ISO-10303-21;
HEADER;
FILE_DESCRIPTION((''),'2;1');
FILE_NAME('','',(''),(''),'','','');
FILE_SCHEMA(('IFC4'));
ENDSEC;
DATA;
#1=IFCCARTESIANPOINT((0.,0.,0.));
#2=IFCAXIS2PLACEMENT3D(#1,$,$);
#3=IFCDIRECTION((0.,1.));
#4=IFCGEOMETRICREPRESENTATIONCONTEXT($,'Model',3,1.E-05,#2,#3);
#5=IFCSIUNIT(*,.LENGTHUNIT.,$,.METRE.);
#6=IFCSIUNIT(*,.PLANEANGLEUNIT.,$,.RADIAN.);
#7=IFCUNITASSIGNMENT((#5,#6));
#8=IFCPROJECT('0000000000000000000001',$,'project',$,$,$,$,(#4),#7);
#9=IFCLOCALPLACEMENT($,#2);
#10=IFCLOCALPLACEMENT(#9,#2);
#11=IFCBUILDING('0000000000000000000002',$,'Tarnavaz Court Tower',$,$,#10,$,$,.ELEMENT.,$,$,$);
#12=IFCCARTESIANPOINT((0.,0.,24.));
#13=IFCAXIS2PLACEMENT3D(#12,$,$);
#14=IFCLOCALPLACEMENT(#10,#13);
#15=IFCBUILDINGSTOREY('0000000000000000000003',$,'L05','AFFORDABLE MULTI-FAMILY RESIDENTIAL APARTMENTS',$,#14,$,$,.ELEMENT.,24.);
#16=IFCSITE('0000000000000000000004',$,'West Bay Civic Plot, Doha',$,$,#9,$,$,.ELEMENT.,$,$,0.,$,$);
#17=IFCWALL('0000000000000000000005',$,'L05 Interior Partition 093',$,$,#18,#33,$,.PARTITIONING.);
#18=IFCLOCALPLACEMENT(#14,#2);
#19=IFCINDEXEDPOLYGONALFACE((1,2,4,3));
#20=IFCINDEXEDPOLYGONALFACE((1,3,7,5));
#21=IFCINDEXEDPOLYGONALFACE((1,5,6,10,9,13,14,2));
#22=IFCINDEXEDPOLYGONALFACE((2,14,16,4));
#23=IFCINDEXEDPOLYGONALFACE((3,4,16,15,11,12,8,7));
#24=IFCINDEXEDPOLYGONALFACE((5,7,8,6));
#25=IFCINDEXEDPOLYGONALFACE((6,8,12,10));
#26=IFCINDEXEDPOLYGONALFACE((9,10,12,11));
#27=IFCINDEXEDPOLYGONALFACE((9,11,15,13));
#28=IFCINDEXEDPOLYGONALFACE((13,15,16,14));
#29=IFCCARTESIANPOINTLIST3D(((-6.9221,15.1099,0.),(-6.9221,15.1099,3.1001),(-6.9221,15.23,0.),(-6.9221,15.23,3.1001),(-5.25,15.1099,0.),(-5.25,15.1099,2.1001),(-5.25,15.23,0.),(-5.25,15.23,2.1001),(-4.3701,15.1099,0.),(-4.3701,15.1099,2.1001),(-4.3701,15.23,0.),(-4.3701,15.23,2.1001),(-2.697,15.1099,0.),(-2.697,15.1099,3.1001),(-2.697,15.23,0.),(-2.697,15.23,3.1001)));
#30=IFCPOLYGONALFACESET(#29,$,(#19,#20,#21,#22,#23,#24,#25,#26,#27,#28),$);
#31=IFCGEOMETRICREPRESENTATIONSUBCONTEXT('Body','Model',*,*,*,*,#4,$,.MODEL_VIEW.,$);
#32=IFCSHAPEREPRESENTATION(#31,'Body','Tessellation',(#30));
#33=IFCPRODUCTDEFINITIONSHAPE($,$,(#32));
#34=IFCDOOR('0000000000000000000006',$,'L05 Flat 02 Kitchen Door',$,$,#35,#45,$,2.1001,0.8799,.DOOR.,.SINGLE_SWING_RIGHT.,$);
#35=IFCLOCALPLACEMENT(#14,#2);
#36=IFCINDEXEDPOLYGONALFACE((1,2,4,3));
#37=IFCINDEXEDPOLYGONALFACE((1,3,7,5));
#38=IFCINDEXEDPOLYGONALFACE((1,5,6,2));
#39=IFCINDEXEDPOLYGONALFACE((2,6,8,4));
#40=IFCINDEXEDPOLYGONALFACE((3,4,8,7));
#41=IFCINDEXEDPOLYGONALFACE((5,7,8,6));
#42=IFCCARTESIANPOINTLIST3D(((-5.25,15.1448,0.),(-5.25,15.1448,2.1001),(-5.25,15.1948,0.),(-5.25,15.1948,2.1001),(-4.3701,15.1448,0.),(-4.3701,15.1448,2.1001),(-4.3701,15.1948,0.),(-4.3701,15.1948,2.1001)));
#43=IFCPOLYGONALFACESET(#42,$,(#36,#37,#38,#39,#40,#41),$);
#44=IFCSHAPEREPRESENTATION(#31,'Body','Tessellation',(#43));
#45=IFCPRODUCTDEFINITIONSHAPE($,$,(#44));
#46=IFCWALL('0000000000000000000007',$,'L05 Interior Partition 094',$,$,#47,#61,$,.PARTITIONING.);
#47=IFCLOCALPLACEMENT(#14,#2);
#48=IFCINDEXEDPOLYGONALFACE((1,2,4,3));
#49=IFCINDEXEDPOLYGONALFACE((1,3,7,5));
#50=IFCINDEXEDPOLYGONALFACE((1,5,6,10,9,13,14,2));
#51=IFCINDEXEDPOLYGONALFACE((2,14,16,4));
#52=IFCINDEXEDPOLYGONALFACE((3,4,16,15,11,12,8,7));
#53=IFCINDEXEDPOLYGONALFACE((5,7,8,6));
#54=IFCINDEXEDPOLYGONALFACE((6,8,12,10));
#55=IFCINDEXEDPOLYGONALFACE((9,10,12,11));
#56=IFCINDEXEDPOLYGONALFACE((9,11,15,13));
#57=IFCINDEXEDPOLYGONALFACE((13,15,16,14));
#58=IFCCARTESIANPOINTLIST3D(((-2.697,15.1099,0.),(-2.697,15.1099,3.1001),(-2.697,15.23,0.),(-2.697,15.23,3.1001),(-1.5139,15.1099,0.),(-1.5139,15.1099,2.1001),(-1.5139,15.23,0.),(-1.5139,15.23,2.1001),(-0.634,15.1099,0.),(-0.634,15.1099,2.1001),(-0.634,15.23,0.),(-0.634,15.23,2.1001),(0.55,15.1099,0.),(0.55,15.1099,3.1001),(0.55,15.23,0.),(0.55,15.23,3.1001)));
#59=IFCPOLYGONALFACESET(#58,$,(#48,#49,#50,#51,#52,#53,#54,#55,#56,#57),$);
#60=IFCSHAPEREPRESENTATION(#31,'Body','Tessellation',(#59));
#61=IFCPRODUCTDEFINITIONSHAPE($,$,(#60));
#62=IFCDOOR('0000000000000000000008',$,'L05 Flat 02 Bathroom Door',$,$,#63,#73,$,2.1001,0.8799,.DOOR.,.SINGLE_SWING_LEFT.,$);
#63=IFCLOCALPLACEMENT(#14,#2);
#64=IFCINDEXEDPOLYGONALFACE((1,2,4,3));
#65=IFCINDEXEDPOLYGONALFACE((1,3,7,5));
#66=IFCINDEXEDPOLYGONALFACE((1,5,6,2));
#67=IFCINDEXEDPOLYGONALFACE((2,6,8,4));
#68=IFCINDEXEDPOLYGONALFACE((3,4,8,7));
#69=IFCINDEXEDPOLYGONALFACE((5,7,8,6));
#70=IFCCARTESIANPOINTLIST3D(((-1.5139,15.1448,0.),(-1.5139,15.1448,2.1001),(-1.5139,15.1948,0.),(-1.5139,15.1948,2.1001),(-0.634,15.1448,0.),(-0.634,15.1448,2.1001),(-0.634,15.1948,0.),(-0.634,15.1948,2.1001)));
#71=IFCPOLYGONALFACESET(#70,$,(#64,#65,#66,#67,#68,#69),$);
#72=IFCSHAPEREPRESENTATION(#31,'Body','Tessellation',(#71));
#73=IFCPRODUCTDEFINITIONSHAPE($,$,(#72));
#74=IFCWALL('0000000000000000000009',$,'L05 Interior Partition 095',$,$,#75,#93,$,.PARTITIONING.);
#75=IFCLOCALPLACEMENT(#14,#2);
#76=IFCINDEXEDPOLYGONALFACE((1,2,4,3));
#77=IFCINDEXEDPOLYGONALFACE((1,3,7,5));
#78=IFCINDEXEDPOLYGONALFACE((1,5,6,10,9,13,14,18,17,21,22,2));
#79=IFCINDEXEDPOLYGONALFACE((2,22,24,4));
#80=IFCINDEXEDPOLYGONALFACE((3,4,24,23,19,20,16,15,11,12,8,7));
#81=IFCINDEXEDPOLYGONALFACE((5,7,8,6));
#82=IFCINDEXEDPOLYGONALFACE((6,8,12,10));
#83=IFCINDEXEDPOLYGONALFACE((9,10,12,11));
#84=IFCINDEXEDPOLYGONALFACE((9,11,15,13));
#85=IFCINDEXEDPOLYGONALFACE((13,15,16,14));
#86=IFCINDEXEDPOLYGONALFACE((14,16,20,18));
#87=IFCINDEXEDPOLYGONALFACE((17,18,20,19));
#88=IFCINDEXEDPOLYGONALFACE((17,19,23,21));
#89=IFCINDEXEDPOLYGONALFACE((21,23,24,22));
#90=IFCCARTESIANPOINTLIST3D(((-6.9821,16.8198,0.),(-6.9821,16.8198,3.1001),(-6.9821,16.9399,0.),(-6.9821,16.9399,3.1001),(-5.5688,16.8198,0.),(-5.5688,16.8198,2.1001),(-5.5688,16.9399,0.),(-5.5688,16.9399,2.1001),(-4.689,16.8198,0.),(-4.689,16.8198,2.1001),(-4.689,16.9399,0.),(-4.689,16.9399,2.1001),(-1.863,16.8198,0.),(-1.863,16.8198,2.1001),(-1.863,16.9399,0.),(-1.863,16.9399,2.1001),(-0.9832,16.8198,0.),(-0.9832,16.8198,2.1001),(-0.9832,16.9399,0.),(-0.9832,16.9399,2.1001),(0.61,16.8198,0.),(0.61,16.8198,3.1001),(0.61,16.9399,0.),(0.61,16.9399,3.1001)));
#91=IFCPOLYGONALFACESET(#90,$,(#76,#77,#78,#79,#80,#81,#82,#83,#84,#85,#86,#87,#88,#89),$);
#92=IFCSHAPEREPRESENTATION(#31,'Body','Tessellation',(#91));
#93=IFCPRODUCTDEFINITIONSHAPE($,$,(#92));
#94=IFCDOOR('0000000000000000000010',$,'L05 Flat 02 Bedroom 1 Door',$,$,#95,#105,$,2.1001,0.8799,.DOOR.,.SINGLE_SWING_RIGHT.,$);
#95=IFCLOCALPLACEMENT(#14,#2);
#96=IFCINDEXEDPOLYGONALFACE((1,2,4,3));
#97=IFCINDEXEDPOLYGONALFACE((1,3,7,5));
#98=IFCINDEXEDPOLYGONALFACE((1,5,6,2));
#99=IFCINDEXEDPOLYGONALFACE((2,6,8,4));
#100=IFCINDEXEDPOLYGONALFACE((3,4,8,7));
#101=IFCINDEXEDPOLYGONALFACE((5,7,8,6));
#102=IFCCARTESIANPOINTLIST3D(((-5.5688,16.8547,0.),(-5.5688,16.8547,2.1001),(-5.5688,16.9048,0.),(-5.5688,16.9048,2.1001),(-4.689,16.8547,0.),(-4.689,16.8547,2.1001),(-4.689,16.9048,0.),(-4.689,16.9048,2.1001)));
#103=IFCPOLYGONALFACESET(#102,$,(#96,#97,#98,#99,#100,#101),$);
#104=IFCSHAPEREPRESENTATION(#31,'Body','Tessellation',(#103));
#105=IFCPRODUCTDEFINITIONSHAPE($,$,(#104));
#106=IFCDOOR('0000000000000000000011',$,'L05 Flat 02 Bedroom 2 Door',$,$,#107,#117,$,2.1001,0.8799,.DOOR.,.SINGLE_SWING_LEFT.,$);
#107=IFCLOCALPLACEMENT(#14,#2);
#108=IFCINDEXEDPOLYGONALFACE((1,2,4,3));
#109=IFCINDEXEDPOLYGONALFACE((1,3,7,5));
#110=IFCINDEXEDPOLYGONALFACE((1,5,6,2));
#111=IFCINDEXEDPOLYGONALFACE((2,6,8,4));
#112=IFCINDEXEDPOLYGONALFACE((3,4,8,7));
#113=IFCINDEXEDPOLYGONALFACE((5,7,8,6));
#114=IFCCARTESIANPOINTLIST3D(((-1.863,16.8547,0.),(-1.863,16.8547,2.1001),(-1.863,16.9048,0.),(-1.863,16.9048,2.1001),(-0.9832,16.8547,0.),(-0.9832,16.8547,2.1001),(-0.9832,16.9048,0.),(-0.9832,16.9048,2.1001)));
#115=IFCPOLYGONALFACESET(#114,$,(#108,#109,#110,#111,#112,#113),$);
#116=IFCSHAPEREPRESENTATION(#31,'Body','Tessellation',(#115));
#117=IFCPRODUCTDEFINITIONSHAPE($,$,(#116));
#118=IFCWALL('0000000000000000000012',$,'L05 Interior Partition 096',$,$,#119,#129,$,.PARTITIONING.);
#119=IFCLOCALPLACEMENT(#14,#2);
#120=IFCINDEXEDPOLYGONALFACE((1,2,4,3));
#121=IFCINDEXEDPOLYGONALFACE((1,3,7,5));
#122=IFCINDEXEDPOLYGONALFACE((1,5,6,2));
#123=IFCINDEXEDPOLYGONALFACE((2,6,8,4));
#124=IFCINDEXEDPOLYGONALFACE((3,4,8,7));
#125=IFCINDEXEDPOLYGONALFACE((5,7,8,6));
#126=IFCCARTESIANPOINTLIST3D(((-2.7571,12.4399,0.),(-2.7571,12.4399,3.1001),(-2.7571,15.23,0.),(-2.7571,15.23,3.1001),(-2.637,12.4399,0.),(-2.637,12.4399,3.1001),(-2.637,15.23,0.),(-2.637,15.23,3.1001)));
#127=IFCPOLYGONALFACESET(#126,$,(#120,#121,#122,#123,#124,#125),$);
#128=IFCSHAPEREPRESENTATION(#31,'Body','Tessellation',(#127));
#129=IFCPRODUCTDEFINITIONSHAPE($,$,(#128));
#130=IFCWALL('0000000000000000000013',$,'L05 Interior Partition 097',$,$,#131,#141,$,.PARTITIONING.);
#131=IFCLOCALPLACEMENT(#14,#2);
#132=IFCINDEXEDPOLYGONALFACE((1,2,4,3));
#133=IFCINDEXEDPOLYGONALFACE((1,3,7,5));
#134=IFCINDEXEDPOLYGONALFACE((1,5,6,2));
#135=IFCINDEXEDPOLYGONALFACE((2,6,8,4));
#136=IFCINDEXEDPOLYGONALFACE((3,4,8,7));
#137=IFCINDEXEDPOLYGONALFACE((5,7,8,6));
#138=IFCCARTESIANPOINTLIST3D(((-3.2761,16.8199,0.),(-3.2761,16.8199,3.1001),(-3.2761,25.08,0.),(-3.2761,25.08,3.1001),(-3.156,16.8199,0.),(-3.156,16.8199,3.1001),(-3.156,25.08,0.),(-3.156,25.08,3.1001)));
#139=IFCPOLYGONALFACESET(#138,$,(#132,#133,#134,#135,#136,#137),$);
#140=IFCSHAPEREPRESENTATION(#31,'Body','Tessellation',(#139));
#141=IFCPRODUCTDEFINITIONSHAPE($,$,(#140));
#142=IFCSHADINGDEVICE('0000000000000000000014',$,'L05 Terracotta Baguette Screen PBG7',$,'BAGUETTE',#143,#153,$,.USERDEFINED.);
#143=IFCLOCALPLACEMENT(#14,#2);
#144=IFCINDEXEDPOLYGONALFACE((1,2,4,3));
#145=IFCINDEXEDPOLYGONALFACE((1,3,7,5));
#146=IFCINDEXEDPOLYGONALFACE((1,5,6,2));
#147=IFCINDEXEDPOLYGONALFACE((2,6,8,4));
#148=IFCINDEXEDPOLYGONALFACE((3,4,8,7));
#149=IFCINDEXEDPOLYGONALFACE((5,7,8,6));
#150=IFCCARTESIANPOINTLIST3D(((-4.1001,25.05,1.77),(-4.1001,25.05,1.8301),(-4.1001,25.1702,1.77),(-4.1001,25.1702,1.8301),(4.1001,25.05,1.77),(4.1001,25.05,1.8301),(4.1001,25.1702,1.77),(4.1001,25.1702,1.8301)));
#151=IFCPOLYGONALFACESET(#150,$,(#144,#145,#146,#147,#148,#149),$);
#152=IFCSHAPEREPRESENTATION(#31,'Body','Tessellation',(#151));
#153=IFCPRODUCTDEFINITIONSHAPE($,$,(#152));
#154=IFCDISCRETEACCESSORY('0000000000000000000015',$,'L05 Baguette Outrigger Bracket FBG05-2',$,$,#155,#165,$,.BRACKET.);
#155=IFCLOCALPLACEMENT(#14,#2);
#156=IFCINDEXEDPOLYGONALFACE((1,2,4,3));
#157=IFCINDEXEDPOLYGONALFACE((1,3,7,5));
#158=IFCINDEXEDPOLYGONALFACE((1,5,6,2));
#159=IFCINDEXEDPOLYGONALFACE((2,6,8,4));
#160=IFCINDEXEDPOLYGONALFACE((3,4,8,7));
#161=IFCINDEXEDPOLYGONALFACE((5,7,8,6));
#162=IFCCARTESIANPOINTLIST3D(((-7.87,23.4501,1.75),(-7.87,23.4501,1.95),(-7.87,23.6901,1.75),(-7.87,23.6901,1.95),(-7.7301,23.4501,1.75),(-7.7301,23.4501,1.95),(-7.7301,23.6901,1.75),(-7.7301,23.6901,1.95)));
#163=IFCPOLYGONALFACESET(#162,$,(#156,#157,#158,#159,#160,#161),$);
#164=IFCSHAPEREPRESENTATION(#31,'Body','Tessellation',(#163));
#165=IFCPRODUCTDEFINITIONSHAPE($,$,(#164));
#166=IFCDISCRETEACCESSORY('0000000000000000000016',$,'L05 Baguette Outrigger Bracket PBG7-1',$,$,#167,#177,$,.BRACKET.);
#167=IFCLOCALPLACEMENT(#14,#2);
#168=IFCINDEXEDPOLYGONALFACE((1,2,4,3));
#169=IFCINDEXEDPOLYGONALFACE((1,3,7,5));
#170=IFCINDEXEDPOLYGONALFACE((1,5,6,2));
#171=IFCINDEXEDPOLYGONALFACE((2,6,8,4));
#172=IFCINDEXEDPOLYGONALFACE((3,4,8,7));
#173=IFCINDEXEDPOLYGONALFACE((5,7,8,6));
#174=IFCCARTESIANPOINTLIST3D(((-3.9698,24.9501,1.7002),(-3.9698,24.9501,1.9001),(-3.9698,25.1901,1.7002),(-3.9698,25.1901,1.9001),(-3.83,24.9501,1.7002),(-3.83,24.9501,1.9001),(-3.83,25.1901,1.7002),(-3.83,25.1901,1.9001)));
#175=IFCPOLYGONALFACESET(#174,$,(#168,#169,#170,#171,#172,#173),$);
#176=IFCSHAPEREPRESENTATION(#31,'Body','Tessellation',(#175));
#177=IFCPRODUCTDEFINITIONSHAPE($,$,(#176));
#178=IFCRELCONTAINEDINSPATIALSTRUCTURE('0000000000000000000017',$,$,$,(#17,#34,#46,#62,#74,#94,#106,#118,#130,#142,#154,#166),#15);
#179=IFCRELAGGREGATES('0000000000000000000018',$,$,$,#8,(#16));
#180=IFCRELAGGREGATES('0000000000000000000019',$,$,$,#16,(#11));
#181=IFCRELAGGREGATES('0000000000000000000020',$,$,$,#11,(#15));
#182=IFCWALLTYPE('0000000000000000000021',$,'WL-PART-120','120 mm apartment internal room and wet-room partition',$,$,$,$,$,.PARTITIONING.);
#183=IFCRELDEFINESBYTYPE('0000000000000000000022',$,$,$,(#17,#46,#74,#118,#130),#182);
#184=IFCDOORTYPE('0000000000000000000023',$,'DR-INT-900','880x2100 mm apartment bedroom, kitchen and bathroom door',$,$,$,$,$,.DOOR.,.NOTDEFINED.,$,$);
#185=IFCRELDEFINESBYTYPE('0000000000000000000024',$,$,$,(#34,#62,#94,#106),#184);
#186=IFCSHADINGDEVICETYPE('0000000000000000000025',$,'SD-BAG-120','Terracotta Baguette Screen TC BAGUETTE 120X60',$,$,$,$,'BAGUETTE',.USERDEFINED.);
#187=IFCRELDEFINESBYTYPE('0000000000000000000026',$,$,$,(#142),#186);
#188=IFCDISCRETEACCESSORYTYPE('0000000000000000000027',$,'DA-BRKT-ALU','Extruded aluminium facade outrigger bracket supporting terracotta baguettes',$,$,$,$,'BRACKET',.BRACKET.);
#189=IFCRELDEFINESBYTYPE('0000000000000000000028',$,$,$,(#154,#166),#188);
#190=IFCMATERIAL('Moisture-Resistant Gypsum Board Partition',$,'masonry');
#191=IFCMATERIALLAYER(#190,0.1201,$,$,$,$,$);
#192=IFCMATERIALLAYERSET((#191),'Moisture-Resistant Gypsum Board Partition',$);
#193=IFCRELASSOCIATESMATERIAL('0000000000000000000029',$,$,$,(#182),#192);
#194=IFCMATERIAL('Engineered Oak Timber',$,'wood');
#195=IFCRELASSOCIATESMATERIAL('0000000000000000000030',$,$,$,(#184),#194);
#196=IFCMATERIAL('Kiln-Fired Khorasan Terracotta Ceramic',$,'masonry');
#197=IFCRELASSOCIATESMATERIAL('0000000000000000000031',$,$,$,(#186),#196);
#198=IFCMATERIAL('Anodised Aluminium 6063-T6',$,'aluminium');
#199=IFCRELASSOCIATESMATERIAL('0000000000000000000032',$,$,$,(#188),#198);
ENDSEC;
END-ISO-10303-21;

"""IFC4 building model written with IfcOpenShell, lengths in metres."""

from ifc_helpers import new_model, si_unit, direction, frame, frame_2d, origin, origin_2d, place, context, subcontext, project, spatial, rectangle, extrude, material, layer, layer_set, material_profile, profile_set, type_object, element, fill, save


model = new_model("IFC4")

# Units and contexts
model_context = context("Model", 3, precision=1e-05, world=origin(), true_north=direction((0.0, 1.0)))
body_context = subcontext(model_context, "Body", "Model", "MODEL_VIEW")
ifc_project = project(units=[si_unit("LENGTHUNIT", "METRE"), si_unit("PLANEANGLEUNIT", "RADIAN")], contexts=[model_context])

# Site, building, storey
site_placement = place(None, origin())
site = spatial("IfcSite", under=ifc_project, at=site_placement, Name="West Bay Civic Plot, Doha", CompositionType="ELEMENT", RefElevation=0.0)
building_placement = place(site_placement, origin())
building = spatial("IfcBuilding", under=site, at=building_placement, Name="Tarnavaz Court Tower", CompositionType="ELEMENT")
storey_placement = place(building_placement, frame((0.0, 0.0, 24.0)))
storey = spatial("IfcBuildingStorey", under=building, at=storey_placement, Name="L05", Description="AFFORDABLE MULTI-FAMILY RESIDENTIAL APARTMENTS", CompositionType="ELEMENT", Elevation=24.0)

# Shared definitions
ifc_material_1 = material(Name="Anodised Aluminium 6063-T6", Category="aluminium")

# Walls, openings, doors
ifc_material_2 = material(Name="Moisture-Resistant Gypsum Board Partition", Category="masonry")
ifc_layer_1 = layer(ifc_material_2, 0.1201)
ifc_layer_set_1 = layer_set([ifc_layer_1], Name="Moisture-Resistant Gypsum Board Partition")
wall_type_1 = type_object("IfcWallType", Name="WL-PART-120", Description="120 mm apartment internal room and wet-room partition", PredefinedType="PARTITIONING", material=ifc_layer_set_1)
ifc_material_3 = material(Name="Engineered Oak Timber", Category="wood")
wall_1_placement = place(storey_placement, frame((-6.9221, 15.1699, 0.0), z_axis=(0.0, 0.0, 1.0), x_axis=(1.0, 0.0, 0.0)))
wall_1 = element("IfcWall", 1, at=wall_1_placement, inside=storey, type_object=wall_type_1, Name="L05 Interior Partition 093", PredefinedType="PARTITIONING", context=body_context, shape_type="SweptSolid", body=[
    extrude(rectangle(XDim=4.2251, YDim=0.1201, at=frame_2d((2.1125, 0.0))), origin(), (0.0, 0.0, 1.0), 3.1001),
])
opening_1_placement = place(wall_1_placement, frame((1.6721, 0.0, 0.0)))
opening_1 = element("IfcOpeningElement", 2, at=opening_1_placement, cuts=wall_1, PredefinedType="OPENING", context=body_context, shape_type="SweptSolid", body=[
    extrude(rectangle(XDim=0.8799, YDim=2.1001, at=frame_2d((0.4399, 1.05))), frame((0.0, 0.0701, 0.0), z_axis=(0.0, -1.0, 0.0), x_axis=(1.0, 0.0, 0.0)), (0.0, 0.0, 1.0), 0.1401),
])
door_type_1 = type_object("IfcDoorType", Name="DR-INT-900", Description="880x2100 mm apartment bedroom, kitchen and bathroom door", OperationType="NOTDEFINED", PredefinedType="DOOR", material=ifc_material_3)
door_1_placement = place(opening_1_placement, origin())
door_1 = element("IfcDoor", 3, at=door_1_placement, inside=storey, type_object=door_type_1, Name="L05 Flat 02 Kitchen Door", OperationType="SINGLE_SWING_RIGHT", OverallHeight=2.1001, OverallWidth=0.8799, PredefinedType="DOOR", context=body_context, shape_type="SweptSolid", body=[
    extrude(rectangle(XDim=0.8799, YDim=2.1001, at=frame_2d((0.4399, 1.05))), frame((0.0, 0.0249, 0.0), z_axis=(0.0, -1.0, 0.0), x_axis=(1.0, 0.0, 0.0)), (0.0, 0.0, 1.0), 0.05),
])
fill(opening_1, door_1)
wall_2_placement = place(storey_placement, frame((-2.697, 15.1699, 0.0), z_axis=(0.0, 0.0, 1.0), x_axis=(1.0, 0.0, 0.0)))
wall_2 = element("IfcWall", 4, at=wall_2_placement, inside=storey, type_object=wall_type_1, Name="L05 Interior Partition 094", PredefinedType="PARTITIONING", context=body_context, shape_type="SweptSolid", body=[
    extrude(rectangle(XDim=3.2471, YDim=0.1201, at=frame_2d((1.6235, 0.0))), origin(), (0.0, 0.0, 1.0), 3.1001),
])
opening_2_placement = place(wall_2_placement, frame((1.1831, 0.0, 0.0)))
opening_2 = element("IfcOpeningElement", 5, at=opening_2_placement, cuts=wall_2, PredefinedType="OPENING", context=body_context, shape_type="SweptSolid", body=[
    extrude(rectangle(XDim=0.8799, YDim=2.1001, at=frame_2d((0.4399, 1.05))), frame((0.0, 0.0701, 0.0), z_axis=(0.0, -1.0, 0.0), x_axis=(1.0, 0.0, 0.0)), (0.0, 0.0, 1.0), 0.1401),
])
door_2_placement = place(opening_2_placement, origin())
door_2 = element("IfcDoor", 6, at=door_2_placement, inside=storey, type_object=door_type_1, Name="L05 Flat 02 Bathroom Door", OperationType="SINGLE_SWING_LEFT", OverallHeight=2.1001, OverallWidth=0.8799, PredefinedType="DOOR", context=body_context, shape_type="SweptSolid", body=[
    extrude(rectangle(XDim=0.8799, YDim=2.1001, at=frame_2d((0.4399, 1.05))), frame((0.0, 0.0249, 0.0), z_axis=(0.0, -1.0, 0.0), x_axis=(1.0, 0.0, 0.0)), (0.0, 0.0, 1.0), 0.05),
])
fill(opening_2, door_2)

# Wall, openings, doors
wall_3_placement = place(storey_placement, frame((-6.9819, 16.8799, 0.0), z_axis=(0.0, 0.0, 1.0), x_axis=(1.0, 0.0, 0.0)))
wall_3 = element("IfcWall", 7, at=wall_3_placement, inside=storey, type_object=wall_type_1, Name="L05 Interior Partition 095", PredefinedType="PARTITIONING", context=body_context, shape_type="SweptSolid", body=[
    extrude(rectangle(XDim=7.592, YDim=0.1201, at=frame_2d((3.7959, 0.0))), origin(), (0.0, 0.0, 1.0), 3.1001),
])
opening_3_placement = place(wall_3_placement, frame((1.4131, 0.0, 0.0)))
opening_3 = element("IfcOpeningElement", 8, at=opening_3_placement, cuts=wall_3, PredefinedType="OPENING", context=body_context, shape_type="SweptSolid", body=[
    extrude(rectangle(XDim=0.8799, YDim=2.1001, at=frame_2d((0.4399, 1.05))), frame((0.0, 0.0701, 0.0), z_axis=(0.0, -1.0, 0.0), x_axis=(1.0, 0.0, 0.0)), (0.0, 0.0, 1.0), 0.1401),
])
opening_4_placement = place(wall_3_placement, frame((5.1189, 0.0, 0.0)))
opening_4 = element("IfcOpeningElement", 9, at=opening_4_placement, cuts=wall_3, PredefinedType="OPENING", context=body_context, shape_type="SweptSolid", body=[
    extrude(rectangle(XDim=0.8799, YDim=2.1001, at=frame_2d((0.4399, 1.05))), frame((0.0, 0.0701, 0.0), z_axis=(0.0, -1.0, 0.0), x_axis=(1.0, 0.0, 0.0)), (0.0, 0.0, 1.0), 0.1401),
])
door_3_placement = place(opening_3_placement, origin())
door_3 = element("IfcDoor", 10, at=door_3_placement, inside=storey, type_object=door_type_1, Name="L05 Flat 02 Bedroom 1 Door", OperationType="SINGLE_SWING_RIGHT", OverallHeight=2.1001, OverallWidth=0.8799, PredefinedType="DOOR", context=body_context, shape_type="SweptSolid", body=[
    extrude(rectangle(XDim=0.8799, YDim=2.1001, at=frame_2d((0.4399, 1.05))), frame((0.0, 0.0249, 0.0), z_axis=(0.0, -1.0, 0.0), x_axis=(1.0, 0.0, 0.0)), (0.0, 0.0, 1.0), 0.05),
])
fill(opening_3, door_3)
door_4_placement = place(opening_4_placement, origin())
door_4 = element("IfcDoor", 11, at=door_4_placement, inside=storey, type_object=door_type_1, Name="L05 Flat 02 Bedroom 2 Door", OperationType="SINGLE_SWING_LEFT", OverallHeight=2.1001, OverallWidth=0.8799, PredefinedType="DOOR", context=body_context, shape_type="SweptSolid", body=[
    extrude(rectangle(XDim=0.8799, YDim=2.1001, at=frame_2d((0.4399, 1.05))), frame((0.0, 0.0249, 0.0), z_axis=(0.0, -1.0, 0.0), x_axis=(1.0, 0.0, 0.0)), (0.0, 0.0, 1.0), 0.05),
])
fill(opening_4, door_4)

# Walls
wall_4_placement = place(storey_placement, frame((-2.697, 12.4399, 0.0), z_axis=(0.0, 0.0, 1.0), x_axis=(0.0, 1.0, 0.0)))
element("IfcWall", 12, at=wall_4_placement, inside=storey, type_object=wall_type_1, Name="L05 Interior Partition 096", PredefinedType="PARTITIONING", context=body_context, shape_type="SweptSolid", body=[
    extrude(rectangle(XDim=2.79, YDim=0.1201, at=frame_2d((1.395, 0.0))), origin(), (0.0, 0.0, 1.0), 3.1001),
])
wall_5_placement = place(storey_placement, frame((-3.2161, 16.8201, 0.0), z_axis=(0.0, 0.0, 1.0), x_axis=(0.0, 1.0, 0.0)))
element("IfcWall", 13, at=wall_5_placement, inside=storey, type_object=wall_type_1, Name="L05 Interior Partition 097", PredefinedType="PARTITIONING", context=body_context, shape_type="SweptSolid", body=[
    extrude(rectangle(XDim=8.26, YDim=0.1201, at=frame_2d((4.1299, 0.0))), origin(), (0.0, 0.0, 1.0), 3.1001),
])

# Shading device
ifc_material_4 = material(Name="Kiln-Fired Khorasan Terracotta Ceramic", Category="masonry")
ifc_material_profile_1 = material_profile(ifc_material_4, rectangle(XDim=0.1201, YDim=0.0601, at=origin_2d()), Name="TC BAGUETTE 120X60")
ifc_profile_set_1 = profile_set([ifc_material_profile_1], Name="Kiln-Fired Khorasan Terracotta Ceramic")
shading_device_type = type_object("IfcShadingDeviceType", Name="SD-BAG-120", Description="Terracotta Baguette Screen TC BAGUETTE 120X60", ElementType="BAGUETTE", PredefinedType="USERDEFINED", material=ifc_profile_set_1)
shading_device_placement = place(storey_placement, frame((-4.1001, 25.1101, 1.8), z_axis=(1.0, 0.0, 0.0), x_axis=(0.0, 1.0, 0.0)))
element("IfcShadingDevice", 14, at=shading_device_placement, inside=storey, type_object=shading_device_type, Name="L05 Terracotta Baguette Screen PBG7", ObjectType="BAGUETTE", PredefinedType="USERDEFINED", context=body_context, shape_type="SweptSolid", body=[
    extrude(rectangle(XDim=0.1201, YDim=0.0601, at=origin_2d()), origin(), (0.0, 0.0, 1.0), 8.2002),
])

# Discrete accessories
discrete_accessory_type = type_object("IfcDiscreteAccessoryType", Name="DA-BRKT-ALU", Description="Extruded aluminium facade outrigger bracket supporting terracotta baguettes", ElementType="BRACKET", PredefinedType="BRACKET", material=ifc_material_1)
for number, where, z_axis, x_axis, name in (
    (15, (-7.8, 23.5701, 1.75), (0.0, 0.0, 1.0), (1.0, 0.0, 0.0), "L05 Baguette Outrigger Bracket FBG05-2"),
    (16, (-3.8999, 25.0701, 1.7002), (0.0, 0.0, 1.0), (1.0, 0.0, 0.0), "L05 Baguette Outrigger Bracket PBG7-1"),
):
    element("IfcDiscreteAccessory", number, at=place(storey_placement, frame(where, z_axis=z_axis, x_axis=x_axis)), inside=storey, type_object=discrete_accessory_type, Name=name, PredefinedType="BRACKET", context=body_context, shape_type="SweptSolid", body=[
        extrude(rectangle(XDim=0.1399, YDim=0.24, at=origin_2d()), origin(), (0.0, 0.0, 1.0), 0.2),
    ])

save(model, "model.ifc")
